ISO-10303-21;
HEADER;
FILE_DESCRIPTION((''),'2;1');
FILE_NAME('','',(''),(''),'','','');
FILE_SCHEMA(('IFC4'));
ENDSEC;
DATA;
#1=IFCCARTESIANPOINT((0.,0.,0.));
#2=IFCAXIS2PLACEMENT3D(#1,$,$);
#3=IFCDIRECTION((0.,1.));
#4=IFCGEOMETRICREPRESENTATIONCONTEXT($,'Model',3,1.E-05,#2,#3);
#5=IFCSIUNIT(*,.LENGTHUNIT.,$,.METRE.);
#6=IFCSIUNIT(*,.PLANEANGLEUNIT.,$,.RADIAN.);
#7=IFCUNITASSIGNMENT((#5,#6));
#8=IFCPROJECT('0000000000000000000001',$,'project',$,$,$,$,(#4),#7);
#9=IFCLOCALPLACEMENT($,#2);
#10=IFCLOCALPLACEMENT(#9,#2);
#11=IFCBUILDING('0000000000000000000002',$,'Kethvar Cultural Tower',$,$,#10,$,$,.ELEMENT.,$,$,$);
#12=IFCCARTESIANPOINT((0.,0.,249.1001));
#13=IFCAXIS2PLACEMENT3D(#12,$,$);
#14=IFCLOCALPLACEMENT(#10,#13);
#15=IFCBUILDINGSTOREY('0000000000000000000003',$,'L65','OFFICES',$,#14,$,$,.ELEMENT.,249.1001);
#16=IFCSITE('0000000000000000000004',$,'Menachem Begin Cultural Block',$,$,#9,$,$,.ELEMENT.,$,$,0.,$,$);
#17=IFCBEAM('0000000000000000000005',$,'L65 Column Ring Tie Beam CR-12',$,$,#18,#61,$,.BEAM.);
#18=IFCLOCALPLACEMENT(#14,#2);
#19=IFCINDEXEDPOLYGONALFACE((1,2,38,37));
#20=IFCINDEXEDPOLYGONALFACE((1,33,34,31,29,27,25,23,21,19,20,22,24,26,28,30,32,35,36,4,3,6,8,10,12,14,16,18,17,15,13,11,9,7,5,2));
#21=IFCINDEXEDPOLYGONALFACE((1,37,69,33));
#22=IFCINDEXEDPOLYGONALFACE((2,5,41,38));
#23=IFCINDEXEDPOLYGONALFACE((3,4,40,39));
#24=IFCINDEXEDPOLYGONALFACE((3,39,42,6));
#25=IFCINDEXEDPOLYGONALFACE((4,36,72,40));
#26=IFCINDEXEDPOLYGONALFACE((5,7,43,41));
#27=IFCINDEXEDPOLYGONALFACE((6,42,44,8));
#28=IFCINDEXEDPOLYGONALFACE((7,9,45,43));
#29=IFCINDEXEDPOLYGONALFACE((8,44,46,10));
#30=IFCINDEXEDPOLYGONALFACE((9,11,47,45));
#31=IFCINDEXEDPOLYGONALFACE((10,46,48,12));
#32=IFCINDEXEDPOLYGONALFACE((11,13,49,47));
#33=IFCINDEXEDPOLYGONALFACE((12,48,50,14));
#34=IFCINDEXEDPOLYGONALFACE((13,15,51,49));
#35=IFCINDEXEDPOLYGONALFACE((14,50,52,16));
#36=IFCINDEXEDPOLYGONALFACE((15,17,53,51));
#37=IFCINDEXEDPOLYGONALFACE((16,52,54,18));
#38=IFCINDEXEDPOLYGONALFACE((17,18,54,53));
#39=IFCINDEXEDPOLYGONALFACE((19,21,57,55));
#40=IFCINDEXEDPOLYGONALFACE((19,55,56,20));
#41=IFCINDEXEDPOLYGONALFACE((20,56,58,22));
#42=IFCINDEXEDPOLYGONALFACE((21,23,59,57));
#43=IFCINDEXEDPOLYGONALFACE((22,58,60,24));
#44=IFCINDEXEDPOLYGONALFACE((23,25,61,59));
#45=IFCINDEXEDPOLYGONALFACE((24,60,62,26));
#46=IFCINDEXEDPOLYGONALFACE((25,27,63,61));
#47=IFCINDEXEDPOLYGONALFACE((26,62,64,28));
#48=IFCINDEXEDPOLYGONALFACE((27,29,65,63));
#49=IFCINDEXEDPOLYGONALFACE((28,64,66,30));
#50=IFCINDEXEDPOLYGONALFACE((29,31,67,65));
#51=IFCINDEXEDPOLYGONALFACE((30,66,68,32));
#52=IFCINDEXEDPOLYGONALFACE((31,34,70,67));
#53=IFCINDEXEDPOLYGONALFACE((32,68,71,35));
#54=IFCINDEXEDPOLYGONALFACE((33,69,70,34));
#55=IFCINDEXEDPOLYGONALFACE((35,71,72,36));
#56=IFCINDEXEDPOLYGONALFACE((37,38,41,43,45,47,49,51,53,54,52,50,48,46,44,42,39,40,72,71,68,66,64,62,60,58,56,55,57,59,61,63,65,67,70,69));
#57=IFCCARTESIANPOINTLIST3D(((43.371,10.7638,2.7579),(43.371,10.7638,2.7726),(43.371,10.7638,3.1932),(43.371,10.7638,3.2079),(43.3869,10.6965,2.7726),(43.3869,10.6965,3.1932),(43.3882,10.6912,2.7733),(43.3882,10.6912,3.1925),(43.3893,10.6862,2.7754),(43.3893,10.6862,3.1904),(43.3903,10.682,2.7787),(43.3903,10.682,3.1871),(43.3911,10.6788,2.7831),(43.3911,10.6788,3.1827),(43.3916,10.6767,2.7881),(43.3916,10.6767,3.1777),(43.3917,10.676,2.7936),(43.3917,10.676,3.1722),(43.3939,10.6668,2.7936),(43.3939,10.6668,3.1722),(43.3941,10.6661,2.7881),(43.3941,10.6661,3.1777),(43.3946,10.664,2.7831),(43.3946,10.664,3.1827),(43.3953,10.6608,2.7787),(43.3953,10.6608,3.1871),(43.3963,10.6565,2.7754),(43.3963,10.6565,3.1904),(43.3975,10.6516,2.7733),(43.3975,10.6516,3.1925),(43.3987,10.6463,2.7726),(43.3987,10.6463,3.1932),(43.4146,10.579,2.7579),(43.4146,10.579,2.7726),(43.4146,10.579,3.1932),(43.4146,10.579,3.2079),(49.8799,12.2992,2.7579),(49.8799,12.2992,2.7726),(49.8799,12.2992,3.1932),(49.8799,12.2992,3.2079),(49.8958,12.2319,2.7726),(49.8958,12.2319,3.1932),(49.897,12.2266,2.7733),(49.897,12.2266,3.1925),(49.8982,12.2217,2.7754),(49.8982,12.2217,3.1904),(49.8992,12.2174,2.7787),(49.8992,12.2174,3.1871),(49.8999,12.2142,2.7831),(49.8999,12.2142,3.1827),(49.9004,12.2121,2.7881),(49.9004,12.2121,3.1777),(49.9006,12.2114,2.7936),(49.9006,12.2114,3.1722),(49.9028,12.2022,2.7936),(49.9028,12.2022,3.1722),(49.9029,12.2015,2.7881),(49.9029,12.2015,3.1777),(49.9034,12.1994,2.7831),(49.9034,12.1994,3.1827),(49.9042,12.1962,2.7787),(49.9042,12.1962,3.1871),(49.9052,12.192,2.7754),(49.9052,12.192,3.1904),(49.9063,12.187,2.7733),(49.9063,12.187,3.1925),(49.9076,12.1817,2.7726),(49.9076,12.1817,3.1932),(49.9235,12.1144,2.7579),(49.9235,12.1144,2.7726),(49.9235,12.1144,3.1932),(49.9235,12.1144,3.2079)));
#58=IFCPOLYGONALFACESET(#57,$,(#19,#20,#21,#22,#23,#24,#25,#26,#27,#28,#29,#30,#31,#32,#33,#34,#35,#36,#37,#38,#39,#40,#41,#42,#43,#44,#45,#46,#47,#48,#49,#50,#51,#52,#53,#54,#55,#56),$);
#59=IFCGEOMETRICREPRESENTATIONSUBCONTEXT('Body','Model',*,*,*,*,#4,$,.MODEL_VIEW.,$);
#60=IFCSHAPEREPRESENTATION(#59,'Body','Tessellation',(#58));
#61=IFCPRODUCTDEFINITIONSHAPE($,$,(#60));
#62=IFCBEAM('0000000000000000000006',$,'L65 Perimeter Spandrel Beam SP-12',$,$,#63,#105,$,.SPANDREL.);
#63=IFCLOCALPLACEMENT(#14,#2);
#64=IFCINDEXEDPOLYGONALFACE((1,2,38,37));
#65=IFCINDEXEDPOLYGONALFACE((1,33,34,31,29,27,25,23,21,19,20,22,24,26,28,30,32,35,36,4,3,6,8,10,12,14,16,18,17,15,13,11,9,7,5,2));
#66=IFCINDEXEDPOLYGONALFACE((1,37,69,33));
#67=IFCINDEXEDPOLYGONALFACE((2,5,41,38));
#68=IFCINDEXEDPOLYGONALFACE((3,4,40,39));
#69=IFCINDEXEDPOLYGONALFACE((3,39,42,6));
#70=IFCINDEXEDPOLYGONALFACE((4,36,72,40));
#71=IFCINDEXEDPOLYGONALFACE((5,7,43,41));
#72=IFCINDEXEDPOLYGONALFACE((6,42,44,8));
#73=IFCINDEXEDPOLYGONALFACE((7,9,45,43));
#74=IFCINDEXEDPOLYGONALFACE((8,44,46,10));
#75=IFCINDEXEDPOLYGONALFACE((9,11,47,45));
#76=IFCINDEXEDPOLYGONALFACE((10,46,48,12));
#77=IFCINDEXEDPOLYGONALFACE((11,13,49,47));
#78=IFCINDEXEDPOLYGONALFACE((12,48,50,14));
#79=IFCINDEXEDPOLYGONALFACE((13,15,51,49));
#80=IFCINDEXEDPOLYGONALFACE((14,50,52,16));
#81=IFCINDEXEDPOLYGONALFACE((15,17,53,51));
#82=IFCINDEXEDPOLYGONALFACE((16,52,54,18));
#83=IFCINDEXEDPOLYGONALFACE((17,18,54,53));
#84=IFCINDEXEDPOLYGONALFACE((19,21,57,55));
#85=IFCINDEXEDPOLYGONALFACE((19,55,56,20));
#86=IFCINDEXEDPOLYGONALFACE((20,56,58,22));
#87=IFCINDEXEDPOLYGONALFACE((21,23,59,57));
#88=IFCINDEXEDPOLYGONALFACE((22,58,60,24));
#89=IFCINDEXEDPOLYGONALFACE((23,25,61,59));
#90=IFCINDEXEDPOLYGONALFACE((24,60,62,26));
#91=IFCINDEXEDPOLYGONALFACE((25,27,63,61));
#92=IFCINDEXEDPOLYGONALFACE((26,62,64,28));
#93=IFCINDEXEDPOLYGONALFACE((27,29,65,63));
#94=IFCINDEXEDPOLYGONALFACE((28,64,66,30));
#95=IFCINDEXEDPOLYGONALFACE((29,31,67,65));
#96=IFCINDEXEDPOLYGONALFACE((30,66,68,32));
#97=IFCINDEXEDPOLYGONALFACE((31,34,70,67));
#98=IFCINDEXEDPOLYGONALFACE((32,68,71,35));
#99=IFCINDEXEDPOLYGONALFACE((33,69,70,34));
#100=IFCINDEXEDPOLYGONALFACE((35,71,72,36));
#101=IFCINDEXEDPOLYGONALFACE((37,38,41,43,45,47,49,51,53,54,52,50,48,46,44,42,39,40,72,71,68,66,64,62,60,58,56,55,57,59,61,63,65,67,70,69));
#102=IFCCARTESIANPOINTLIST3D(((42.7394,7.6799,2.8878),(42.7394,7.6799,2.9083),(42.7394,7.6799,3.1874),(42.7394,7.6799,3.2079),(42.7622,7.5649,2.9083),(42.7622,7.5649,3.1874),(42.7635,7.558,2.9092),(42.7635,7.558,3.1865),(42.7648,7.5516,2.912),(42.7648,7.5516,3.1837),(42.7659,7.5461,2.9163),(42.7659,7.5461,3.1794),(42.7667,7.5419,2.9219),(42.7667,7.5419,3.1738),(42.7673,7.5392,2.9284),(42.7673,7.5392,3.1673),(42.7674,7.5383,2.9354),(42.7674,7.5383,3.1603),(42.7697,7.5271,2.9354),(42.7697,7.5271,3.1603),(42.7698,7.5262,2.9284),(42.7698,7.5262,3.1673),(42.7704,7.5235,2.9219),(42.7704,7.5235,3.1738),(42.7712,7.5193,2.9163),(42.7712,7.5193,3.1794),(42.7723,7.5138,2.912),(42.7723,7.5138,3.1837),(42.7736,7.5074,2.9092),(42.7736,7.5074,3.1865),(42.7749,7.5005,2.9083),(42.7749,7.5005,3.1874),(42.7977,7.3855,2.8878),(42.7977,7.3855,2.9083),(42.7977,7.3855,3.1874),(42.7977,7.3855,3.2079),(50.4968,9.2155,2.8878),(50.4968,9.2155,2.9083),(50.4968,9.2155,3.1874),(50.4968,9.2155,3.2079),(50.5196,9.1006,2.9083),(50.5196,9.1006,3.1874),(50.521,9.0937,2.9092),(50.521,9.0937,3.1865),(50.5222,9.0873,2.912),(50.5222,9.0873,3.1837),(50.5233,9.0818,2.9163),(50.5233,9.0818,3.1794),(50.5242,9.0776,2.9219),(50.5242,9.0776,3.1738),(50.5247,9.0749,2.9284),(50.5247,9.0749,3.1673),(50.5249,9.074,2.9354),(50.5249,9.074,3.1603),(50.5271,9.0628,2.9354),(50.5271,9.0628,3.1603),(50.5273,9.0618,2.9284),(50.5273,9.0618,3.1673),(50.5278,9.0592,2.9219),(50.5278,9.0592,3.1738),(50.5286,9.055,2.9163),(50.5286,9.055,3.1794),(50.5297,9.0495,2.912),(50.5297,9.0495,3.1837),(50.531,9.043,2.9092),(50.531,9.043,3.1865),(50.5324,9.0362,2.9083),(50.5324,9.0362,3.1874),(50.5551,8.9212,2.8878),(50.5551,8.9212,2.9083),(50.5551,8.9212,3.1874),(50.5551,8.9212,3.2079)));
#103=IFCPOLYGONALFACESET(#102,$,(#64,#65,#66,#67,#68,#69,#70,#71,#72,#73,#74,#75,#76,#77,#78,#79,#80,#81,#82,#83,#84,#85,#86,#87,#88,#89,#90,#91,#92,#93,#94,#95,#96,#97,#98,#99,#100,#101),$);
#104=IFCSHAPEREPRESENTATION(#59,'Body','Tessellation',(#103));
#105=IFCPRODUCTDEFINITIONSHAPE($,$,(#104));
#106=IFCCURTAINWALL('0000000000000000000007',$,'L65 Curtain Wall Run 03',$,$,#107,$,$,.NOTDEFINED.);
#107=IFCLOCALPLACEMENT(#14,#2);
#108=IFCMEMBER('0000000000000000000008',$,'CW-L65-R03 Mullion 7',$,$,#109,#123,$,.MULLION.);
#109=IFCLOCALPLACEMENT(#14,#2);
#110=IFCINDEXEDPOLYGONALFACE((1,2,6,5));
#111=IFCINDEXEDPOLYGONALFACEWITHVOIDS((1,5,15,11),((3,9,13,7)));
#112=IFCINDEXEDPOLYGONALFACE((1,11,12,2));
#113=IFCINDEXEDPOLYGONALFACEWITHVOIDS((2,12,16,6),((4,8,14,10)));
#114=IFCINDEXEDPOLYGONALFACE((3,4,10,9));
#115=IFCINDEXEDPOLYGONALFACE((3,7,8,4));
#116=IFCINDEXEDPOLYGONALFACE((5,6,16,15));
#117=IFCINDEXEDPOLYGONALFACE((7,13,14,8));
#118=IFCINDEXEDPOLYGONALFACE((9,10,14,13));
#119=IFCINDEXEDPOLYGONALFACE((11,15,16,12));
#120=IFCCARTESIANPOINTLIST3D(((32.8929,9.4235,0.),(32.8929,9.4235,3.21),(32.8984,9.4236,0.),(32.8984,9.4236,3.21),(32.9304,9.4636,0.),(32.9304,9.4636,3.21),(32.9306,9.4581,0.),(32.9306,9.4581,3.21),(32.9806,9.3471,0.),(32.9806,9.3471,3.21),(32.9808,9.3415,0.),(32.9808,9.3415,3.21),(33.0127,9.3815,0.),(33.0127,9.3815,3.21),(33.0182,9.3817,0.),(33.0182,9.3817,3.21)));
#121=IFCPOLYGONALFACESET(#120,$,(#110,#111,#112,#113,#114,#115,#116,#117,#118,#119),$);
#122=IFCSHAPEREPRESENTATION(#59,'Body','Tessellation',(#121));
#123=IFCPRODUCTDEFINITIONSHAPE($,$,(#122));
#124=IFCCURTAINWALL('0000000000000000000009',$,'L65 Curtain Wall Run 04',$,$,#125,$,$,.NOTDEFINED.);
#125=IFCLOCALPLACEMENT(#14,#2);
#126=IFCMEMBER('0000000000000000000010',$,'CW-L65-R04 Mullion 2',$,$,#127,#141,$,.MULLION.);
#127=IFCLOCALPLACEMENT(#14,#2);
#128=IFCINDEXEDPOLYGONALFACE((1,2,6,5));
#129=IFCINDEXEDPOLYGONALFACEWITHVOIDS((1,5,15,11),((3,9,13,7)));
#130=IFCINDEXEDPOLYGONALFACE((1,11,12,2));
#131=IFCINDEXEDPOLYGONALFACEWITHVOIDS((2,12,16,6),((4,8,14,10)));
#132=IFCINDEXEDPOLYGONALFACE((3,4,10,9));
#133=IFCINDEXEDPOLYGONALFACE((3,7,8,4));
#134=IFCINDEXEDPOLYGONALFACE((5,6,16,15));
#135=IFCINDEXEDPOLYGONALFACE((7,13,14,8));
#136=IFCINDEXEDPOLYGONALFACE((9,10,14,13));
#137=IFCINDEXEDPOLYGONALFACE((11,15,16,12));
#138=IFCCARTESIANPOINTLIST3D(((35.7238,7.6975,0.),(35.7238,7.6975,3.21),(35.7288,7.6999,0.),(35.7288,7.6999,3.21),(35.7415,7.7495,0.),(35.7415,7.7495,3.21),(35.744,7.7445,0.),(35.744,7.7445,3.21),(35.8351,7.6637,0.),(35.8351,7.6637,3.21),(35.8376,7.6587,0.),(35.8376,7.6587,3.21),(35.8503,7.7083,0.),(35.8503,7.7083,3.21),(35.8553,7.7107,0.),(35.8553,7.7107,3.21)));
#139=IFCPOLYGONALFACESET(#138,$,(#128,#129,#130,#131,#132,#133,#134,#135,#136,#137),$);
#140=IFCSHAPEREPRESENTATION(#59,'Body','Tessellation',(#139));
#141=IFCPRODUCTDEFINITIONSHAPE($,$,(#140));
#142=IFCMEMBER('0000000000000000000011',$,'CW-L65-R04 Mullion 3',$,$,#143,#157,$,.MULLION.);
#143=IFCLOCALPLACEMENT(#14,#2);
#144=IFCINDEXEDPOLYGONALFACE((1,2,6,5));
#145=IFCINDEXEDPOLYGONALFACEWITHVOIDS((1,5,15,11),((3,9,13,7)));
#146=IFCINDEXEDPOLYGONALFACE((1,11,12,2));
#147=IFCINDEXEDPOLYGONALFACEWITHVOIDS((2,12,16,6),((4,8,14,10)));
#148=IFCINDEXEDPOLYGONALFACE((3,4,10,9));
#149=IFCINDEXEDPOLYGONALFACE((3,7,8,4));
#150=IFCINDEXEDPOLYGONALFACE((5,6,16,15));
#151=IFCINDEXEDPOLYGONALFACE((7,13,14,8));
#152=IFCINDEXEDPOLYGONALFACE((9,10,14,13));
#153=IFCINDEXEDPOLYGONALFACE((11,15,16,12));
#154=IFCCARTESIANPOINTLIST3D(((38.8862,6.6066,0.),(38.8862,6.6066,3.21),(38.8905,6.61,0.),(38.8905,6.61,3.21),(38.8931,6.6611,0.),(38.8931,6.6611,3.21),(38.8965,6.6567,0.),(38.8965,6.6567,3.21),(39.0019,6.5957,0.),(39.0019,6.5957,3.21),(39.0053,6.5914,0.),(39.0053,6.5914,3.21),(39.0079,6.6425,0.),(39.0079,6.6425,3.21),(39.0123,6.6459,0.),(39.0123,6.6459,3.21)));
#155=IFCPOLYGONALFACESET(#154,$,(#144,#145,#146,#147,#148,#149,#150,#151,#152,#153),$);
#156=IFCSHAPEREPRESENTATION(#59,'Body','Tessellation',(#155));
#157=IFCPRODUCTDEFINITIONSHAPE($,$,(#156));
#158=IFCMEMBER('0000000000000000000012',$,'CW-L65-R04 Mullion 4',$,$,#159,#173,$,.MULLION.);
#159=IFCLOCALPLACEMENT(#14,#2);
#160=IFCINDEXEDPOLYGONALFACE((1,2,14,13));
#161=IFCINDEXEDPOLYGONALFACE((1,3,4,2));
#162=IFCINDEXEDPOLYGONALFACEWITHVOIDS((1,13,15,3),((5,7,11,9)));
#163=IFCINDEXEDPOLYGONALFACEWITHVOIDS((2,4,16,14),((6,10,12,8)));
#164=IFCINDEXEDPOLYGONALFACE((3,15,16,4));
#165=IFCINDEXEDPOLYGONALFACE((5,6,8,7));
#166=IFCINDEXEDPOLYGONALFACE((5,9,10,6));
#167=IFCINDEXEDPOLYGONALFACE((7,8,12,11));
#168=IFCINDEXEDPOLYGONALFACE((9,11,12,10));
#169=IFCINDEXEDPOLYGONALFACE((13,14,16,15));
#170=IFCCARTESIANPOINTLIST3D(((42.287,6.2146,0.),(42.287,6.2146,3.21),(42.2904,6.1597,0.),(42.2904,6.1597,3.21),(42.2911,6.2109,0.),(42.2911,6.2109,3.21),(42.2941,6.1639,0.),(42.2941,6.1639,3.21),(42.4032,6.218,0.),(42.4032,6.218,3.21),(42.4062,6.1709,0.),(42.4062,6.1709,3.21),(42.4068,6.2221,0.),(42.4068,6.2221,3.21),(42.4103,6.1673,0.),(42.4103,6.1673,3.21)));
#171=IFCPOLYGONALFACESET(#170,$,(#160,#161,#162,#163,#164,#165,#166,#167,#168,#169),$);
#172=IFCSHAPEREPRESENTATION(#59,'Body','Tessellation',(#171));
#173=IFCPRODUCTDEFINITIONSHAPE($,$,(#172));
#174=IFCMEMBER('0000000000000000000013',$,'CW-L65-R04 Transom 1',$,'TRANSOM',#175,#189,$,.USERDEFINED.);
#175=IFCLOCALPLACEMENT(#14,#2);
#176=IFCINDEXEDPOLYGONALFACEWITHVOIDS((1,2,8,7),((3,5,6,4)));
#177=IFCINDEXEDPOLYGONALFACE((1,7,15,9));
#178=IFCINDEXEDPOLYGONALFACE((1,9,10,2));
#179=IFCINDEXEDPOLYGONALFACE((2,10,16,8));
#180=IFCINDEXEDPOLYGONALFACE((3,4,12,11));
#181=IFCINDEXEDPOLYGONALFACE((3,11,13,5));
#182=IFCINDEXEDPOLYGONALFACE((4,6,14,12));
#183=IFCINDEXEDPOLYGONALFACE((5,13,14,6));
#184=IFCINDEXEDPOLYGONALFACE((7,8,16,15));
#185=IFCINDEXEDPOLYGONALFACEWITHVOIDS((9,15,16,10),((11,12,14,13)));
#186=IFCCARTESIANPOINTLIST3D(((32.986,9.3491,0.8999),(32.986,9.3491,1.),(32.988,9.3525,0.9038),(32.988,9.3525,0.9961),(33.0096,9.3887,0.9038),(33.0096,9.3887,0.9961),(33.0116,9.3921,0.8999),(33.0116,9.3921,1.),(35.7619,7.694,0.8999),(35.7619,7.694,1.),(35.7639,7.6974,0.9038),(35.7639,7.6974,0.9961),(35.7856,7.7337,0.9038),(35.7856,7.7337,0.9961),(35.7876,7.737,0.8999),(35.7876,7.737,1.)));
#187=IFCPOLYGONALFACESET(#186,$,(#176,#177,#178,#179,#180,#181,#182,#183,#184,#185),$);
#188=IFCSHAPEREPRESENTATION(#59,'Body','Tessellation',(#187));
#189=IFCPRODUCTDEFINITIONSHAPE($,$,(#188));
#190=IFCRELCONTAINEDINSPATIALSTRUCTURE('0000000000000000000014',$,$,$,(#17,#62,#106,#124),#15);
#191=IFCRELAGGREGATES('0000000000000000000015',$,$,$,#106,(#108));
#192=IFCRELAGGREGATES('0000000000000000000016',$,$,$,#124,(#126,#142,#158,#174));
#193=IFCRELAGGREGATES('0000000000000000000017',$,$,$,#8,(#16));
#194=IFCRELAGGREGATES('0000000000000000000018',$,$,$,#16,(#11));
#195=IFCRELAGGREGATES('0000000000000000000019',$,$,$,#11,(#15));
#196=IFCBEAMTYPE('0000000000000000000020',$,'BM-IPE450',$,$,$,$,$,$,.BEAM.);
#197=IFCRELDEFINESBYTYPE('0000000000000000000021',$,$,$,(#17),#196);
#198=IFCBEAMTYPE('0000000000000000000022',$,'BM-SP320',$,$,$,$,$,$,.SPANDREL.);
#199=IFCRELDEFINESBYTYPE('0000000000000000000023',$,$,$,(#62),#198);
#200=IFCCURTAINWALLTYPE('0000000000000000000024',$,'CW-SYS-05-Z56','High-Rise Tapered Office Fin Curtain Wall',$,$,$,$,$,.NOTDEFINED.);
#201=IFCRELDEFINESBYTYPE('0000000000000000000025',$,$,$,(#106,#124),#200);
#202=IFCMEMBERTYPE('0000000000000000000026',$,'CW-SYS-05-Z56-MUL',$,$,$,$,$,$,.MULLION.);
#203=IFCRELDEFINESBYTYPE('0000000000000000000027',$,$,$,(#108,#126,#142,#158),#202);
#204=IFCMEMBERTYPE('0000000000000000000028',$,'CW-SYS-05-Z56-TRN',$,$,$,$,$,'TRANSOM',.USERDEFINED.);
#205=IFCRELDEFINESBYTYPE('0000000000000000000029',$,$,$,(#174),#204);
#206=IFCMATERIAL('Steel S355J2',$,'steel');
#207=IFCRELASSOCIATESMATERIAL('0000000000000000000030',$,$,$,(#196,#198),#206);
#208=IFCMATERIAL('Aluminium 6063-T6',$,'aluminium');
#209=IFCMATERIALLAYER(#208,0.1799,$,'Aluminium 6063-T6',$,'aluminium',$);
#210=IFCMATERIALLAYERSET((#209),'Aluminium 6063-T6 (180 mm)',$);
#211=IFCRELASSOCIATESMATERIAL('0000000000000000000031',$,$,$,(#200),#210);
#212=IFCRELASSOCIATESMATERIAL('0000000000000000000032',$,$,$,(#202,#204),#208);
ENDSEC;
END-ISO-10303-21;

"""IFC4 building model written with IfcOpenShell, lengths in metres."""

from ifc_helpers import new_model, si_unit, direction, frame, origin, origin_2d, place, context, subcontext, project, spatial, hollow_rectangle, i_section, extrude, source, transform, mapped, material, layer, layer_set, material_profile, profile_set, type_object, element, aggregate, save


model = new_model("IFC4")

# Units and contexts
model_context = context("Model", 3, precision=1e-05, world=origin(), true_north=direction((0.0, 1.0)))
body_context = subcontext(model_context, "Body", "Model", "MODEL_VIEW")
ifc_project = project(units=[si_unit("LENGTHUNIT", "METRE"), si_unit("PLANEANGLEUNIT", "RADIAN")], contexts=[model_context])

# Site, building, storey
site_placement = place(None, origin())
site = spatial("IfcSite", under=ifc_project, at=site_placement, Name="Menachem Begin Cultural Block", CompositionType="ELEMENT", RefElevation=0.0)
building_placement = place(site_placement, origin())
building = spatial("IfcBuilding", under=site, at=building_placement, Name="Kethvar Cultural Tower", CompositionType="ELEMENT")
storey_placement = place(building_placement, frame((0.0, 0.0, 249.1001)))
storey = spatial("IfcBuildingStorey", under=building, at=storey_placement, Name="L65", Description="OFFICES", CompositionType="ELEMENT", Elevation=249.1001)

# Beams
ifc_material_1 = material(Name="Steel S355J2", Category="steel")
ifc_material_profile_1 = material_profile(ifc_material_1, i_section(OverallWidth=0.1899, OverallDepth=0.45, WebThickness=0.0095, FlangeThickness=0.0146, FilletRadius=0.021, at=origin_2d()), Name="Steel S355J2 — IPE450")
ifc_profile_set_1 = profile_set([ifc_material_profile_1], Name="Steel S355J2 — IPE450")
beam_type_1 = type_object("IfcBeamType", Name="BM-IPE450", PredefinedType="BEAM", material=ifc_profile_set_1)
ifc_material_profile_2 = material_profile(ifc_material_1, i_section(OverallWidth=0.3, OverallDepth=0.3201, WebThickness=0.0115, FlangeThickness=0.0205, FilletRadius=0.0271, at=origin_2d()), Name="Steel S355J2 — HEB320")
ifc_profile_set_2 = profile_set([ifc_material_profile_2], Name="Steel S355J2 — HEB320")
beam_type_2 = type_object("IfcBeamType", Name="BM-SP320", PredefinedType="SPANDREL", material=ifc_profile_set_2)
shared_shape_1 = source(origin(), body_context, "Body", "SweptSolid", [
    extrude(i_section(OverallWidth=0.1899, OverallDepth=0.45, WebThickness=0.0095, FlangeThickness=0.0146, FilletRadius=0.021, at=origin_2d()), origin(), (0.0, 0.0, 1.0), 6.6875),
])
beam_1_placement = place(storey_placement, frame((43.3928, 10.6714, 2.9829), z_axis=(0.973286, 0.229595, 0.0), x_axis=(-0.229595, 0.973286, 0.0)))
element("IfcBeam", 1, at=beam_1_placement, inside=storey, type_object=beam_type_1, Name="L65 Column Ring Tie Beam CR-12", PredefinedType="BEAM", context=body_context, shape_type="MappedRepresentation", body=[
    mapped(shared_shape_1, transform((0.0, 0.0, 0.0), scale=1.0)),
])
shared_shape_2 = source(origin(), body_context, "Body", "SweptSolid", [
    extrude(i_section(OverallWidth=0.3, OverallDepth=0.3201, WebThickness=0.0115, FlangeThickness=0.0205, FilletRadius=0.0271, at=origin_2d()), origin(), (0.0, 0.0, 1.0), 7.908),
])
beam_2_placement = place(storey_placement, frame((42.7686, 7.5327, 3.0479), z_axis=(0.980964, 0.194192, 0.0), x_axis=(-0.194192, 0.980964, 0.0)))
element("IfcBeam", 2, at=beam_2_placement, inside=storey, type_object=beam_type_2, Name="L65 Perimeter Spandrel Beam SP-12", PredefinedType="SPANDREL", context=body_context, shape_type="MappedRepresentation", body=[
    mapped(shared_shape_2, transform((0.0, 0.0, 0.0), scale=1.0)),
])

# Curtain wall, member
ifc_material_2 = material(Name="Aluminium 6063-T6", Category="aluminium")
ifc_layer_1 = layer(ifc_material_2, 0.1799, Name="Aluminium 6063-T6", Category="aluminium")
ifc_layer_set_1 = layer_set([ifc_layer_1], Name="Aluminium 6063-T6 (180 mm)")
curtain_wall_type = type_object("IfcCurtainWallType", Name="CW-SYS-05-Z56", Description="High-Rise Tapered Office Fin Curtain Wall", PredefinedType="NOTDEFINED", material=ifc_layer_set_1)
curtain_wall_1_placement = place(storey_placement, origin())
curtain_wall_1 = element("IfcCurtainWall", 3, at=curtain_wall_1_placement, inside=storey, type_object=curtain_wall_type, Name="L65 Curtain Wall Run 03", PredefinedType="NOTDEFINED")
ifc_material_profile_3 = material_profile(ifc_material_2, hollow_rectangle(XDim=0.0549, YDim=0.1201, WallThickness=0.0039, at=origin_2d()), Name="Aluminium 6063-T6 — RHS120x55x4")
ifc_profile_set_3 = profile_set([ifc_material_profile_3], Name="Aluminium 6063-T6 — RHS120x55x4")
member_type_1 = type_object("IfcMemberType", Name="CW-SYS-05-Z56-MUL", PredefinedType="MULLION", material=ifc_profile_set_3)
shared_shape_3 = source(origin(), body_context, "Body", "SweptSolid", [
    extrude(hollow_rectangle(XDim=0.0549, YDim=0.1201, WallThickness=0.0039, at=origin_2d()), origin(), (0.0, 0.0, 1.0), 3.21),
])
member_1_placement = place(storey_placement, frame((32.9556, 9.4026, 0.0), z_axis=(0.0, 0.0, 1.0), x_axis=(0.681909, 0.731437, 0.0)))
member_1 = element("IfcMember", 4, at=member_1_placement, type_object=member_type_1, Name="CW-L65-R03 Mullion 7", PredefinedType="MULLION", context=body_context, shape_type="MappedRepresentation", body=[
    mapped(shared_shape_3, transform((0.0, 0.0, 0.0), scale=1.0)),
])
aggregate(curtain_wall_1, [member_1])

# Curtain wall, members
curtain_wall_2_placement = place(storey_placement, origin())
curtain_wall_2 = element("IfcCurtainWall", 5, at=curtain_wall_2_placement, inside=storey, type_object=curtain_wall_type, Name="L65 Curtain Wall Run 04", PredefinedType="NOTDEFINED")
member_2_placement = place(storey_placement, frame((35.7896, 7.7041, 0.0), z_axis=(0.0, 0.0, 1.0), x_axis=(0.322266, 0.946649, 0.0)))
member_2 = element("IfcMember", 6, at=member_2_placement, type_object=member_type_1, Name="CW-L65-R04 Mullion 2", PredefinedType="MULLION", context=body_context, shape_type="MappedRepresentation", body=[
    mapped(shared_shape_3, transform((0.0, 0.0, 0.0), scale=1.0)),
])
member_3_placement = place(storey_placement, frame((38.9492, 6.6262, 0.0), z_axis=(0.0, 0.0, 1.0), x_axis=(0.126528, 0.991963, 0.0)))
member_3 = element("IfcMember", 7, at=member_3_placement, type_object=member_type_1, Name="CW-L65-R04 Mullion 3", PredefinedType="MULLION", context=body_context, shape_type="MappedRepresentation", body=[
    mapped(shared_shape_3, transform((0.0, 0.0, 0.0), scale=1.0)),
])
member_4_placement = place(storey_placement, frame((42.3486, 6.1909, 0.0), z_axis=(0.0, 0.0, 1.0), x_axis=(-0.062825, 0.998025, 0.0)))
member_4 = element("IfcMember", 8, at=member_4_placement, type_object=member_type_1, Name="CW-L65-R04 Mullion 4", PredefinedType="MULLION", context=body_context, shape_type="MappedRepresentation", body=[
    mapped(shared_shape_3, transform((0.0, 0.0, 0.0), scale=1.0)),
])
ifc_material_profile_4 = material_profile(ifc_material_2, hollow_rectangle(XDim=0.05, YDim=0.1001, WallThickness=0.0039, at=origin_2d()), Name="Aluminium 6063-T6 — RHS100x50x4")
ifc_profile_set_4 = profile_set([ifc_material_profile_4], Name="Aluminium 6063-T6 — RHS100x50x4")
member_type_2 = type_object("IfcMemberType", Name="CW-SYS-05-Z56-TRN", ElementType="TRANSOM", PredefinedType="USERDEFINED", material=ifc_profile_set_4)
shared_shape_4 = source(origin(), body_context, "Body", "SweptSolid", [
    extrude(hollow_rectangle(XDim=0.05, YDim=0.1001, WallThickness=0.0039, at=origin_2d()), origin(), (0.0, 0.0, 1.0), 3.2319),
])
member_5_placement = place(storey_placement, frame((32.9988, 9.3706, 0.95), z_axis=(0.858923, -0.512105, 0.0), x_axis=(0.512105, 0.858923, 0.0)))
member_5 = element("IfcMember", 9, at=member_5_placement, type_object=member_type_2, Name="CW-L65-R04 Transom 1", ObjectType="TRANSOM", PredefinedType="USERDEFINED", context=body_context, shape_type="MappedRepresentation", body=[
    mapped(shared_shape_4, transform((0.0, 0.0, 0.0), scale=1.0)),
])
aggregate(curtain_wall_2, [member_2, member_3, member_4, member_5])

save(model, "model.ifc")
